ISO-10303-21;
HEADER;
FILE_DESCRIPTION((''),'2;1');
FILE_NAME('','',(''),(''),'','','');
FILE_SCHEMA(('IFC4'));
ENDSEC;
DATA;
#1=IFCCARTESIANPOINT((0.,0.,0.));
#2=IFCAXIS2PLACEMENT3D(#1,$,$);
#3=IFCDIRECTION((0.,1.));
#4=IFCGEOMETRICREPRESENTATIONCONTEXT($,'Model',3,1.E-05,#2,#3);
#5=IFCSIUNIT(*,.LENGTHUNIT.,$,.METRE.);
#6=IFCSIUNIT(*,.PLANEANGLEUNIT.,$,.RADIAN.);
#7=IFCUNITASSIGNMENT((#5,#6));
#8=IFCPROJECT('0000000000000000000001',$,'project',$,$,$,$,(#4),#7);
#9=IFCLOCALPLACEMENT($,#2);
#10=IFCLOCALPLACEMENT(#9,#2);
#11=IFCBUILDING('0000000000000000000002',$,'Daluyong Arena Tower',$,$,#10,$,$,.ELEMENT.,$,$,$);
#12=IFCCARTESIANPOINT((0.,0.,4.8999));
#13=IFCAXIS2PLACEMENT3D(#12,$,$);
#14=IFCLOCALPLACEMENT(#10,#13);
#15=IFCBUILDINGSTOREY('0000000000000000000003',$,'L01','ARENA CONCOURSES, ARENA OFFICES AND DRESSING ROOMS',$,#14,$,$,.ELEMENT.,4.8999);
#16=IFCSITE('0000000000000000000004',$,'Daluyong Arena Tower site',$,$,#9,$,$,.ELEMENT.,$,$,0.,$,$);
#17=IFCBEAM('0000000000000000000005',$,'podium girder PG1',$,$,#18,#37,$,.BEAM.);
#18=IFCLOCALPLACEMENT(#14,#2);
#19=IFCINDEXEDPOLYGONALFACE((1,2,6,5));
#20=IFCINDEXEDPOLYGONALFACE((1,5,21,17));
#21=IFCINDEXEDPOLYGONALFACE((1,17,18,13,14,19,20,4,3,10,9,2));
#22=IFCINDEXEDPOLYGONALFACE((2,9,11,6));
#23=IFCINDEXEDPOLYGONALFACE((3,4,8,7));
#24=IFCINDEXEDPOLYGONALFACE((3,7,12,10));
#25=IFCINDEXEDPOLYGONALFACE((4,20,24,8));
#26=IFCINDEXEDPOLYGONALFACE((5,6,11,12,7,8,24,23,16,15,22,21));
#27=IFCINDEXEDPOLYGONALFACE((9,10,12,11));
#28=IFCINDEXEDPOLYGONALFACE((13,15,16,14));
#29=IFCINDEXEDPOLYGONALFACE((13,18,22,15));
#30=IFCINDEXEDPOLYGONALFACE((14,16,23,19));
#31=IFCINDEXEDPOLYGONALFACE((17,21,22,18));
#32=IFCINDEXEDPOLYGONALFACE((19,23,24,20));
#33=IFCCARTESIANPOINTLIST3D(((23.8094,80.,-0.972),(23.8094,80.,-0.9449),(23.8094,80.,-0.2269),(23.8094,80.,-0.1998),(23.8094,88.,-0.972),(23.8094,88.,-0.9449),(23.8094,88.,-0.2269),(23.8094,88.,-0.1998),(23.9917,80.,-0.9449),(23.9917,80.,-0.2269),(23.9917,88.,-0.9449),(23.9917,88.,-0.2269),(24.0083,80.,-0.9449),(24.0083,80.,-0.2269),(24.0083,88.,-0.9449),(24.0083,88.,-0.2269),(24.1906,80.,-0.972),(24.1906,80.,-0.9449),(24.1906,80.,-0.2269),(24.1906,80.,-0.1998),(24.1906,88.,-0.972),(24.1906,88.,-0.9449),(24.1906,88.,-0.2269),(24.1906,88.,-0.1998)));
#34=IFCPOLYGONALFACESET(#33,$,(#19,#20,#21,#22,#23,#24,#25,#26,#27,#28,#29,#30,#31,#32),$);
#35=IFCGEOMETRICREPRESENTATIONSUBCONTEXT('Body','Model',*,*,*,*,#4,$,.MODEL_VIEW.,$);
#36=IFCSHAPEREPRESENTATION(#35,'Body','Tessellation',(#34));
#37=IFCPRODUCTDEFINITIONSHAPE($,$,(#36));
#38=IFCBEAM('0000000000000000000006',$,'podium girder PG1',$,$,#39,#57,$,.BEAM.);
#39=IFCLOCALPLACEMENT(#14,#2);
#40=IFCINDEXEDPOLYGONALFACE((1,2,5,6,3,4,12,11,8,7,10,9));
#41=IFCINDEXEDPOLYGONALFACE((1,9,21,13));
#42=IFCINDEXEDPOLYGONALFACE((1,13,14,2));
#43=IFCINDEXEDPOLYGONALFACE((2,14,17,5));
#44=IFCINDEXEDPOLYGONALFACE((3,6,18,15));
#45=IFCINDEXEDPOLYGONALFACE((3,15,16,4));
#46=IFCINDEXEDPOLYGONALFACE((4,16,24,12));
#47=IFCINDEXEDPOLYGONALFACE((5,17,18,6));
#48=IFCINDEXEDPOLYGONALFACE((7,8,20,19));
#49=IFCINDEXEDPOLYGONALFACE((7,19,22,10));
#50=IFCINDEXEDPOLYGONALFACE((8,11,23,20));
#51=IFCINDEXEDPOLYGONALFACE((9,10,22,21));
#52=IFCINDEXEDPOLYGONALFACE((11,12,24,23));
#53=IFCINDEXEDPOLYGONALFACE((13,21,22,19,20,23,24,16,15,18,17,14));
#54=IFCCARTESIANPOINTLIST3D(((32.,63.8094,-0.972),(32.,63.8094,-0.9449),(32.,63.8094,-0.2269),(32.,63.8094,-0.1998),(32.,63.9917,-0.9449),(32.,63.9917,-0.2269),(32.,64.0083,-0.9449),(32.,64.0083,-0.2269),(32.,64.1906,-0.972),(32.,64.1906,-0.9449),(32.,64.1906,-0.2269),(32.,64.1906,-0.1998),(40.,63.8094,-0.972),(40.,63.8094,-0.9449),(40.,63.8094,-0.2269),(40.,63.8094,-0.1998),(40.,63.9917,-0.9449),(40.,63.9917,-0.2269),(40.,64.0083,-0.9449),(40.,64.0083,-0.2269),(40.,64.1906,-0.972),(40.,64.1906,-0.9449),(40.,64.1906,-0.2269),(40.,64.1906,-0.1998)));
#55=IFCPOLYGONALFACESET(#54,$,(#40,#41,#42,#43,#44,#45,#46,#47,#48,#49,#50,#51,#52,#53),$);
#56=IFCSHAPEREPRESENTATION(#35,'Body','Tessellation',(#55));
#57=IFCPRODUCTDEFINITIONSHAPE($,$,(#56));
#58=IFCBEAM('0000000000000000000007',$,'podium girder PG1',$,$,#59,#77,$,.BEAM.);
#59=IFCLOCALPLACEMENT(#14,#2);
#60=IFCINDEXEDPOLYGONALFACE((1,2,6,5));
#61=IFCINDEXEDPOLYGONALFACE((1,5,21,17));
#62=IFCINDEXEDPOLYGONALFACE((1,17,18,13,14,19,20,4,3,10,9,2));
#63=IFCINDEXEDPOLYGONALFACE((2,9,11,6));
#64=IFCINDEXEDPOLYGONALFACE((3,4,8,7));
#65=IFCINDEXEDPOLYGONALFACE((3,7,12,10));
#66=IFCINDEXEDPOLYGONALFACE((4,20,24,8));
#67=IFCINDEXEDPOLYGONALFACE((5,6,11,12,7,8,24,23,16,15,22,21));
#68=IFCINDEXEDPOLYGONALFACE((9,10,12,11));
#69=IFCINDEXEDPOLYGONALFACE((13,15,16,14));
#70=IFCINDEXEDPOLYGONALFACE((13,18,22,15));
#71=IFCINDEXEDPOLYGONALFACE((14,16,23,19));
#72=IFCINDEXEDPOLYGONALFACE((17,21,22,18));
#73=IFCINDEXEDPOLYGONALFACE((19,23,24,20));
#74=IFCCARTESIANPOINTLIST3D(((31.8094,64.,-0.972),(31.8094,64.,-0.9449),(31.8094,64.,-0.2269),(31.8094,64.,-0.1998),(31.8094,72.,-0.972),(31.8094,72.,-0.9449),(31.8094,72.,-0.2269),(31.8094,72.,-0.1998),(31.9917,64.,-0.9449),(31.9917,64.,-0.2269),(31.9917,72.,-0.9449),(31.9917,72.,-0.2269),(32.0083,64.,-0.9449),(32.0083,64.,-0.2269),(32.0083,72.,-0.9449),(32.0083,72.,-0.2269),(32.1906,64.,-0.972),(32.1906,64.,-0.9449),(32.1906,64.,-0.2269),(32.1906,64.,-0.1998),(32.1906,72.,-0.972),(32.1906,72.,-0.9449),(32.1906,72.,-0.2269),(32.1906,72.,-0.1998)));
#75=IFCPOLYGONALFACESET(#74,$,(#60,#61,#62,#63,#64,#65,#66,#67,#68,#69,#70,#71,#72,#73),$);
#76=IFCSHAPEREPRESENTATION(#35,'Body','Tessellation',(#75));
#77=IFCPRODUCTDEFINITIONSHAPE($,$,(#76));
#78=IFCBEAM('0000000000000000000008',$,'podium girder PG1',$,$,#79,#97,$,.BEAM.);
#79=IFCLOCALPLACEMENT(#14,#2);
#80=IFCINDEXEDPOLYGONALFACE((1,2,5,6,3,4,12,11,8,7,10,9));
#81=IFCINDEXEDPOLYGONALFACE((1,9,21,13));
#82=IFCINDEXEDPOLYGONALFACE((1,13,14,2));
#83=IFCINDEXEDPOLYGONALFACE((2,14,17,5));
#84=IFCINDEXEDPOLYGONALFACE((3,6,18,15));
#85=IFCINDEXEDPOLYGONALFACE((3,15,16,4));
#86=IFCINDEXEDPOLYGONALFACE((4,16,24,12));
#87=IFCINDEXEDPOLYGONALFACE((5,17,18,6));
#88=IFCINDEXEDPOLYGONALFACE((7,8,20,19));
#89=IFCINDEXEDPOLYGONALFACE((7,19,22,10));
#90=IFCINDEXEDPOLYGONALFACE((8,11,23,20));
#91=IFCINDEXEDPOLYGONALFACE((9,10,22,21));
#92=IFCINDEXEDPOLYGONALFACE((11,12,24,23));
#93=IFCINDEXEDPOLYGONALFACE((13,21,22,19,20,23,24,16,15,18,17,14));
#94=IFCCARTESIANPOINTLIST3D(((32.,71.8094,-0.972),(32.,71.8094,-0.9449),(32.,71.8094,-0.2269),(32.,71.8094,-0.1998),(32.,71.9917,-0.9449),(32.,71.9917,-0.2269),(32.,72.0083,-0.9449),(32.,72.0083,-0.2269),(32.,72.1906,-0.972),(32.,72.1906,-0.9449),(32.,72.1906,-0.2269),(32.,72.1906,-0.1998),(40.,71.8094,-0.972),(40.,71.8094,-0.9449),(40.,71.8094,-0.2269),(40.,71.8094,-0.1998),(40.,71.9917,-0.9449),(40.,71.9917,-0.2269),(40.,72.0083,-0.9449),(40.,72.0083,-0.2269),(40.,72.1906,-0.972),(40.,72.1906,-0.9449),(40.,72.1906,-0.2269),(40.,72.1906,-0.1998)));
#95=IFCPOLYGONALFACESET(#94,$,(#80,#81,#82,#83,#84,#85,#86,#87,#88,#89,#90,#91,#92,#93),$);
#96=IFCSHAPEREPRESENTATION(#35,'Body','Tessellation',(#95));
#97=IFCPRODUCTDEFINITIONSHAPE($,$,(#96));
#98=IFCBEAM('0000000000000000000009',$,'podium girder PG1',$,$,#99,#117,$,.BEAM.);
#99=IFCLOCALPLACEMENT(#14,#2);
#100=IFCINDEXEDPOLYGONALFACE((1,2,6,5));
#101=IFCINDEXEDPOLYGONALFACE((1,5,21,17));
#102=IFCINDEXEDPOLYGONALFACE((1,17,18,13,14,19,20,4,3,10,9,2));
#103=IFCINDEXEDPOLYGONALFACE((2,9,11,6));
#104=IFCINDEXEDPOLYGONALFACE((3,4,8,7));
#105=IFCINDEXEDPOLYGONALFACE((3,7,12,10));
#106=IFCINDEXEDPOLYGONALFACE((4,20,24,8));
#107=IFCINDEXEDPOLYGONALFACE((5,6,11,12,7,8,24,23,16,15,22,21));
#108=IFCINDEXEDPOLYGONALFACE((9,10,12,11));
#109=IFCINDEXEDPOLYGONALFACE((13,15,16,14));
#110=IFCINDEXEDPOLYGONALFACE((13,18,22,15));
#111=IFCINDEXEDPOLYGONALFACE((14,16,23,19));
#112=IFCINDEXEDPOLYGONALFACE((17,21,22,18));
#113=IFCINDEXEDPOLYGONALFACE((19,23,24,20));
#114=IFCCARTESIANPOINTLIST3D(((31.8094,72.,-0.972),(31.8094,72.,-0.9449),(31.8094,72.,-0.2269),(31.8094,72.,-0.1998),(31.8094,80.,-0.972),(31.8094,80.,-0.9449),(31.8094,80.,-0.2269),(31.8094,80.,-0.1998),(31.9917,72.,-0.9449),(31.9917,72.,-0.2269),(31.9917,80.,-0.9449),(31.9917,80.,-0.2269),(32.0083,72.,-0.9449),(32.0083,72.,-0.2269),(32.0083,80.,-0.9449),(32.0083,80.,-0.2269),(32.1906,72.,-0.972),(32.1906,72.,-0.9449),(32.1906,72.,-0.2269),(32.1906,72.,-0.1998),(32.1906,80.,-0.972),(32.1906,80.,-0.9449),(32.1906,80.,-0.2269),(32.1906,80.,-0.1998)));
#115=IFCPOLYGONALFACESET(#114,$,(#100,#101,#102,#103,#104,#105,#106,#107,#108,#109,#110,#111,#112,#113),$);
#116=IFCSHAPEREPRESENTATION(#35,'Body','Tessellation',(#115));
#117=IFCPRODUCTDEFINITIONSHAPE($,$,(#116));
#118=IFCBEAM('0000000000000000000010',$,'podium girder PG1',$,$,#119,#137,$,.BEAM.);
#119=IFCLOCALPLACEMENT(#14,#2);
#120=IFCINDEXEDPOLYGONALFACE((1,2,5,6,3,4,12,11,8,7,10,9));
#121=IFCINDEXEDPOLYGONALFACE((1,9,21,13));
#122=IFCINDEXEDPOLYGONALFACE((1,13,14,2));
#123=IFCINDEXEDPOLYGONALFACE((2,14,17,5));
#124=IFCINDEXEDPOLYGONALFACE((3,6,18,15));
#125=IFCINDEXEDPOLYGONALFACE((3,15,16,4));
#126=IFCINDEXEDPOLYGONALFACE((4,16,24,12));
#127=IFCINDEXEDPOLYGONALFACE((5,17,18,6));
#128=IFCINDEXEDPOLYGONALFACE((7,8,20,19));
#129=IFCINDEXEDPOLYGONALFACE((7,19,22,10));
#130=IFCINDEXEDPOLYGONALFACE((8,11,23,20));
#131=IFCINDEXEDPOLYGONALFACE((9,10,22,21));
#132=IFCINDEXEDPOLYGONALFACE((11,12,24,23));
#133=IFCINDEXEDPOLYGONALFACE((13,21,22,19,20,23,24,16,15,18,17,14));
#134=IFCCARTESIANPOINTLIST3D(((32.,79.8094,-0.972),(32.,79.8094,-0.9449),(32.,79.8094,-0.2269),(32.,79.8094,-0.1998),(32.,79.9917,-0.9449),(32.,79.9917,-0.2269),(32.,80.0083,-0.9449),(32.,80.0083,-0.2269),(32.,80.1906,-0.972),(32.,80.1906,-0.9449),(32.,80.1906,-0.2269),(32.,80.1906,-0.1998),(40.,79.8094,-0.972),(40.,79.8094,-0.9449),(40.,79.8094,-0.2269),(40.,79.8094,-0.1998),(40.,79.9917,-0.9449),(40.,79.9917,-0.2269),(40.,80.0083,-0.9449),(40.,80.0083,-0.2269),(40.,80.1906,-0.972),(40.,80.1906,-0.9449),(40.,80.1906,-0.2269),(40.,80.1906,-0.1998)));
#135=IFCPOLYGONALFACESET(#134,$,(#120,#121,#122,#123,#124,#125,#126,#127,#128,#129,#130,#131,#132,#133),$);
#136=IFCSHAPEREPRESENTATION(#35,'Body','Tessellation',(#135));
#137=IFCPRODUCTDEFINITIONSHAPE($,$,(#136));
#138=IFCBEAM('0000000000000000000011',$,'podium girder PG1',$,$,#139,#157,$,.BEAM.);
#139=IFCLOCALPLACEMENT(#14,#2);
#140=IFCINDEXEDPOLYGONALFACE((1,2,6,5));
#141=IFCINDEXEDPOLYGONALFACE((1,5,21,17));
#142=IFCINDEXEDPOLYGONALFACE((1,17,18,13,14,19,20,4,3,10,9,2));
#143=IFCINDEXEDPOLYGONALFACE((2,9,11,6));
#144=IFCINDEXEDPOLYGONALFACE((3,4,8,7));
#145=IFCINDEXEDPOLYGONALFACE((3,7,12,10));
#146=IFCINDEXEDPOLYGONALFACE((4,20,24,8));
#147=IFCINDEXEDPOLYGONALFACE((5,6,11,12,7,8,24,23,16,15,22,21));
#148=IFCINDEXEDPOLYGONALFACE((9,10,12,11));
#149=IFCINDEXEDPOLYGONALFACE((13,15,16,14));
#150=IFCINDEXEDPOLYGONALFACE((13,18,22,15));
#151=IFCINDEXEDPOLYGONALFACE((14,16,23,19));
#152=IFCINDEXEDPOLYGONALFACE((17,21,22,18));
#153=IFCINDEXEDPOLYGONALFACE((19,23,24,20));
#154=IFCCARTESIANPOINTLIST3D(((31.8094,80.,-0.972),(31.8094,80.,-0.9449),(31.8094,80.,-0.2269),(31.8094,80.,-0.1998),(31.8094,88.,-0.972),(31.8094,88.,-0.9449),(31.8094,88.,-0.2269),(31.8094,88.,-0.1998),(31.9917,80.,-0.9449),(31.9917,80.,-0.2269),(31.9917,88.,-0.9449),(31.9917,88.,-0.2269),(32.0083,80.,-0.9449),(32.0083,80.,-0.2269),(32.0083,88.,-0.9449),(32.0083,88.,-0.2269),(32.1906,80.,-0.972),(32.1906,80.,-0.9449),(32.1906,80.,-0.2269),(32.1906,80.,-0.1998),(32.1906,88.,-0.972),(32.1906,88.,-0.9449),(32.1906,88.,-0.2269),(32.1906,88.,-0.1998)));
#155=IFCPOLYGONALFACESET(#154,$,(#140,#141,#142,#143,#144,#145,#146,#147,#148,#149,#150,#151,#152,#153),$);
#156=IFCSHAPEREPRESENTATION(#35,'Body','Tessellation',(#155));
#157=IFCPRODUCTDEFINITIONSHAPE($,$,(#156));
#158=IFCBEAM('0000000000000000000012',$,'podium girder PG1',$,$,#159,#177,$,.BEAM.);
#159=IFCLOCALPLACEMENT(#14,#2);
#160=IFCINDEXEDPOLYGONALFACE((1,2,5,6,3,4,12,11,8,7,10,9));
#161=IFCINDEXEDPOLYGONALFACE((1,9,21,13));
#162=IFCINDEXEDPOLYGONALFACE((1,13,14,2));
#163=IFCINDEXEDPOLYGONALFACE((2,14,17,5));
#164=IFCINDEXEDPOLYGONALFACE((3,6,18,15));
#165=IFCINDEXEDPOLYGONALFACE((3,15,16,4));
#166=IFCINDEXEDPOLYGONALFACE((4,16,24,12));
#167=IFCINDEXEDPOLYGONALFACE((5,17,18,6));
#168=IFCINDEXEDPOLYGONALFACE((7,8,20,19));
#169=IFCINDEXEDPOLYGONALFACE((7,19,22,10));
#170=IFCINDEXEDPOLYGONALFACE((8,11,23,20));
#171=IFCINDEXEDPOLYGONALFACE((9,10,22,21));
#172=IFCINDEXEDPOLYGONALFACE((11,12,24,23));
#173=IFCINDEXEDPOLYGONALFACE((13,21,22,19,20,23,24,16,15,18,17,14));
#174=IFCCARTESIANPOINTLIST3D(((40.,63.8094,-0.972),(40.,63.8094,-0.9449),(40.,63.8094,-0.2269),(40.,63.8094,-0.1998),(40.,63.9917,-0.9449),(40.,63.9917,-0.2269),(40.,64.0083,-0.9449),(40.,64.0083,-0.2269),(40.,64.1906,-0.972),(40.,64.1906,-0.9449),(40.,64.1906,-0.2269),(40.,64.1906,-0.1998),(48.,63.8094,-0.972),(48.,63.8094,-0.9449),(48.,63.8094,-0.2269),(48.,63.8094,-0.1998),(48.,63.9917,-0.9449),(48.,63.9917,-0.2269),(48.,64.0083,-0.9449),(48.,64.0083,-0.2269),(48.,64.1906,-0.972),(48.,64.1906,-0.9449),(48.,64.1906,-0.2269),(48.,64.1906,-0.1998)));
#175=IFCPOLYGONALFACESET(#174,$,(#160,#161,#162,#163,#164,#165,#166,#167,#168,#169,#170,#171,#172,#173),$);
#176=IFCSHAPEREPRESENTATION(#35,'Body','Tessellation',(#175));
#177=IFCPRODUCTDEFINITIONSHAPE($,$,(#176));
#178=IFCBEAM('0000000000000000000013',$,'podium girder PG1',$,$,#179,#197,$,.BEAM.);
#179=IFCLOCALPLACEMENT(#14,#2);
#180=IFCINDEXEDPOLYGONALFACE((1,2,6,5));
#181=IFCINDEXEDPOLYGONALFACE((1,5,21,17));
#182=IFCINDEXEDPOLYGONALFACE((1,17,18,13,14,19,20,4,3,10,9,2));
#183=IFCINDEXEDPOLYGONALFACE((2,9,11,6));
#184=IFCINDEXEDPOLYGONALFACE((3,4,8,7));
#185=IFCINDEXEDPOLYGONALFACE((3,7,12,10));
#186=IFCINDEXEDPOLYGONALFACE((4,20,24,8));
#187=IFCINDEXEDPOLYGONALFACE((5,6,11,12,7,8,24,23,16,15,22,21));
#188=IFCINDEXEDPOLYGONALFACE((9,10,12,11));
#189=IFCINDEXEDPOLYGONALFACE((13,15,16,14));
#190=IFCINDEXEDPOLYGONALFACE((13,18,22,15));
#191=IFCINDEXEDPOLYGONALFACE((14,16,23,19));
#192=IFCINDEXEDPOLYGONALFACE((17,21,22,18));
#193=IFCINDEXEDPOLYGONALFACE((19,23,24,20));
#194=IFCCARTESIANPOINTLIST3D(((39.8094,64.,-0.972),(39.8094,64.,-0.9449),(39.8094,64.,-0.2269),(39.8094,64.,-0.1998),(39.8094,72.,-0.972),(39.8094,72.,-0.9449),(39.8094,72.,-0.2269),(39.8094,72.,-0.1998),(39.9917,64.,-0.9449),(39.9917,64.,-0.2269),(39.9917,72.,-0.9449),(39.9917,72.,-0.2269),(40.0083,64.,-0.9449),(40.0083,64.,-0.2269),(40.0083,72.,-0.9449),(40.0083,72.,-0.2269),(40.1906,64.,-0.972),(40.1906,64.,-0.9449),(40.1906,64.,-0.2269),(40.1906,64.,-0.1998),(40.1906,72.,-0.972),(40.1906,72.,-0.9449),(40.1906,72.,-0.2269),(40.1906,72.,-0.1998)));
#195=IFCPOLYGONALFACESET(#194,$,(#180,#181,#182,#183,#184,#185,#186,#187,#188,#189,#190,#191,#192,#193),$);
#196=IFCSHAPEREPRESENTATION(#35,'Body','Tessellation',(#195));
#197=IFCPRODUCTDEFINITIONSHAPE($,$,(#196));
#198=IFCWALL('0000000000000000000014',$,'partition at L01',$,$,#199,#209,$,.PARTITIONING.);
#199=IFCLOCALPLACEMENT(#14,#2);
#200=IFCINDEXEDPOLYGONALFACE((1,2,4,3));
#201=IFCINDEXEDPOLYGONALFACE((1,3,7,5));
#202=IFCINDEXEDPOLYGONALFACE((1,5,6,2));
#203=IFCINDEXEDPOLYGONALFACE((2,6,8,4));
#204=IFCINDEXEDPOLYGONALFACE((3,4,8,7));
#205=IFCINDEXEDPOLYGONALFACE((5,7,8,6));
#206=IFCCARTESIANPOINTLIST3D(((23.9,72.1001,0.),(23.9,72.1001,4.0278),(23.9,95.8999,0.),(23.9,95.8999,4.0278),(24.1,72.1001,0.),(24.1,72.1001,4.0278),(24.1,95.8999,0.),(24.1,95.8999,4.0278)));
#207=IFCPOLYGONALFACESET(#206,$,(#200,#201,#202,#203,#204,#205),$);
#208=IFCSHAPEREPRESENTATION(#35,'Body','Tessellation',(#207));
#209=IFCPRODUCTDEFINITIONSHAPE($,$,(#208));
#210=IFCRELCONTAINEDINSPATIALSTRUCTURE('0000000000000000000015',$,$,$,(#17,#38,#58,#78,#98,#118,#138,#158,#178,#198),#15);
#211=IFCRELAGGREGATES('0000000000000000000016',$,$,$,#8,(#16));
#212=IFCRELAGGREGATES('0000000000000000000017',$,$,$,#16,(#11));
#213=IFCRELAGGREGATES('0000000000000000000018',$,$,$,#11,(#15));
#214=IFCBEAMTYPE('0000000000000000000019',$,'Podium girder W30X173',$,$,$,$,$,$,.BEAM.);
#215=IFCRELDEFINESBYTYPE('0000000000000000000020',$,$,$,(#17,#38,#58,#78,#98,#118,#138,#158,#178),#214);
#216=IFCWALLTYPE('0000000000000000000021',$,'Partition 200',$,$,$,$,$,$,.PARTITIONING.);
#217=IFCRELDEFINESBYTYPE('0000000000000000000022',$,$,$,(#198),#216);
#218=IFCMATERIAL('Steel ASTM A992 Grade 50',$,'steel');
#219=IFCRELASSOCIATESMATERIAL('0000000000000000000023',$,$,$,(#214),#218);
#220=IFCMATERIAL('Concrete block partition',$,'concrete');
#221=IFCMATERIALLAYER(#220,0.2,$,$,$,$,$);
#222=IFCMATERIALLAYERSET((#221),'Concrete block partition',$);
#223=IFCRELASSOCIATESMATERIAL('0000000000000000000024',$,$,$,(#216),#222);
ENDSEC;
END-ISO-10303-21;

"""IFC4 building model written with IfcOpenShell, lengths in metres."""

from ifc_helpers import new_model, si_unit, direction, frame, frame_2d, origin, origin_2d, place, context, subcontext, project, spatial, rectangle, i_section, extrude, material, layer, layer_set, material_profile, profile_set, type_object, element, save


model = new_model("IFC4")

# Units and contexts
model_context = context("Model", 3, precision=1e-05, world=origin(), true_north=direction((0.0, 1.0)))
body_context = subcontext(model_context, "Body", "Model", "MODEL_VIEW")
ifc_project = project(units=[si_unit("LENGTHUNIT", "METRE"), si_unit("PLANEANGLEUNIT", "RADIAN")], contexts=[model_context])

# Site, building, storey
site_placement = place(None, origin())
site = spatial("IfcSite", under=ifc_project, at=site_placement, Name="Daluyong Arena Tower site", CompositionType="ELEMENT", RefElevation=0.0)
building_placement = place(site_placement, origin())
building = spatial("IfcBuilding", under=site, at=building_placement, Name="Daluyong Arena Tower", CompositionType="ELEMENT")
storey_placement = place(building_placement, frame((0.0, 0.0, 4.8999)))
storey = spatial("IfcBuildingStorey", under=building, at=storey_placement, Name="L01", Description="ARENA CONCOURSES, ARENA OFFICES AND DRESSING ROOMS", CompositionType="ELEMENT", Elevation=4.8999)

# Beams
ifc_material_1 = material(Name="Steel ASTM A992 Grade 50", Category="steel")
ifc_material_profile_1 = material_profile(ifc_material_1, i_section(OverallWidth=0.3811, OverallDepth=0.7722, WebThickness=0.0166, FlangeThickness=0.0271, at=origin_2d()))
ifc_profile_set_1 = profile_set([ifc_material_profile_1], Name="Steel ASTM A992 Grade 50")
beam_type_1 = type_object("IfcBeamType", Name="Podium girder W30X173", PredefinedType="BEAM", material=ifc_profile_set_1)
for number, where, z_axis, x_axis, name in (
    (1, (24.0, 80.0, -0.5859), (0.0, 1.0, 0.0), (-1.0, 0.0, 0.0), "podium girder PG1"),
    (2, (32.0, 64.0, -0.5859), (1.0, 0.0, 0.0), (0.0, 1.0, 0.0), "podium girder PG1"),
    (3, (32.0, 64.0, -0.5859), (0.0, 1.0, 0.0), (-1.0, 0.0, 0.0), "podium girder PG1"),
    (4, (32.0, 72.0, -0.5859), (1.0, 0.0, 0.0), (0.0, 1.0, 0.0), "podium girder PG1"),
    (5, (32.0, 72.0, -0.5859), (0.0, 1.0, 0.0), (-1.0, 0.0, 0.0), "podium girder PG1"),
    (6, (32.0, 80.0, -0.5859), (1.0, 0.0, 0.0), (0.0, 1.0, 0.0), "podium girder PG1"),
    (7, (32.0, 80.0, -0.5859), (0.0, 1.0, 0.0), (-1.0, 0.0, 0.0), "podium girder PG1"),
    (8, (40.0, 64.0, -0.5859), (1.0, 0.0, 0.0), (0.0, 1.0, 0.0), "podium girder PG1"),
    (9, (40.0, 64.0, -0.5859), (0.0, 1.0, 0.0), (-1.0, 0.0, 0.0), "podium girder PG1"),
):
    element("IfcBeam", number, at=place(storey_placement, frame(where, z_axis=z_axis, x_axis=x_axis)), inside=storey, type_object=beam_type_1, Name=name, PredefinedType="BEAM", context=body_context, shape_type="SweptSolid", body=[
        extrude(i_section(OverallWidth=0.3811, OverallDepth=0.7722, WebThickness=0.0166, FlangeThickness=0.0271, at=origin_2d()), origin(), (0.0, 0.0, 1.0), 8.0),
    ])

# Wall
ifc_material_2 = material(Name="Concrete block partition", Category="concrete")
ifc_layer = layer(ifc_material_2, 0.2)
ifc_layer_set = layer_set([ifc_layer], Name="Concrete block partition")
wall_type = type_object("IfcWallType", Name="Partition 200", PredefinedType="PARTITIONING", material=ifc_layer_set)
wall_1_placement = place(storey_placement, frame((24.0, 72.1001, 0.0), z_axis=(0.0, 0.0, 1.0), x_axis=(0.0, 1.0, 0.0)))
element("IfcWall", 10, at=wall_1_placement, inside=storey, type_object=wall_type, Name="partition at L01", PredefinedType="PARTITIONING", context=body_context, shape_type="SweptSolid", body=[
    extrude(rectangle(XDim=23.7998, YDim=0.2, at=frame_2d((11.8999, 0.0))), origin(), (0.0, 0.0, 1.0), 4.0278),
])

save(model, "model.ifc")
